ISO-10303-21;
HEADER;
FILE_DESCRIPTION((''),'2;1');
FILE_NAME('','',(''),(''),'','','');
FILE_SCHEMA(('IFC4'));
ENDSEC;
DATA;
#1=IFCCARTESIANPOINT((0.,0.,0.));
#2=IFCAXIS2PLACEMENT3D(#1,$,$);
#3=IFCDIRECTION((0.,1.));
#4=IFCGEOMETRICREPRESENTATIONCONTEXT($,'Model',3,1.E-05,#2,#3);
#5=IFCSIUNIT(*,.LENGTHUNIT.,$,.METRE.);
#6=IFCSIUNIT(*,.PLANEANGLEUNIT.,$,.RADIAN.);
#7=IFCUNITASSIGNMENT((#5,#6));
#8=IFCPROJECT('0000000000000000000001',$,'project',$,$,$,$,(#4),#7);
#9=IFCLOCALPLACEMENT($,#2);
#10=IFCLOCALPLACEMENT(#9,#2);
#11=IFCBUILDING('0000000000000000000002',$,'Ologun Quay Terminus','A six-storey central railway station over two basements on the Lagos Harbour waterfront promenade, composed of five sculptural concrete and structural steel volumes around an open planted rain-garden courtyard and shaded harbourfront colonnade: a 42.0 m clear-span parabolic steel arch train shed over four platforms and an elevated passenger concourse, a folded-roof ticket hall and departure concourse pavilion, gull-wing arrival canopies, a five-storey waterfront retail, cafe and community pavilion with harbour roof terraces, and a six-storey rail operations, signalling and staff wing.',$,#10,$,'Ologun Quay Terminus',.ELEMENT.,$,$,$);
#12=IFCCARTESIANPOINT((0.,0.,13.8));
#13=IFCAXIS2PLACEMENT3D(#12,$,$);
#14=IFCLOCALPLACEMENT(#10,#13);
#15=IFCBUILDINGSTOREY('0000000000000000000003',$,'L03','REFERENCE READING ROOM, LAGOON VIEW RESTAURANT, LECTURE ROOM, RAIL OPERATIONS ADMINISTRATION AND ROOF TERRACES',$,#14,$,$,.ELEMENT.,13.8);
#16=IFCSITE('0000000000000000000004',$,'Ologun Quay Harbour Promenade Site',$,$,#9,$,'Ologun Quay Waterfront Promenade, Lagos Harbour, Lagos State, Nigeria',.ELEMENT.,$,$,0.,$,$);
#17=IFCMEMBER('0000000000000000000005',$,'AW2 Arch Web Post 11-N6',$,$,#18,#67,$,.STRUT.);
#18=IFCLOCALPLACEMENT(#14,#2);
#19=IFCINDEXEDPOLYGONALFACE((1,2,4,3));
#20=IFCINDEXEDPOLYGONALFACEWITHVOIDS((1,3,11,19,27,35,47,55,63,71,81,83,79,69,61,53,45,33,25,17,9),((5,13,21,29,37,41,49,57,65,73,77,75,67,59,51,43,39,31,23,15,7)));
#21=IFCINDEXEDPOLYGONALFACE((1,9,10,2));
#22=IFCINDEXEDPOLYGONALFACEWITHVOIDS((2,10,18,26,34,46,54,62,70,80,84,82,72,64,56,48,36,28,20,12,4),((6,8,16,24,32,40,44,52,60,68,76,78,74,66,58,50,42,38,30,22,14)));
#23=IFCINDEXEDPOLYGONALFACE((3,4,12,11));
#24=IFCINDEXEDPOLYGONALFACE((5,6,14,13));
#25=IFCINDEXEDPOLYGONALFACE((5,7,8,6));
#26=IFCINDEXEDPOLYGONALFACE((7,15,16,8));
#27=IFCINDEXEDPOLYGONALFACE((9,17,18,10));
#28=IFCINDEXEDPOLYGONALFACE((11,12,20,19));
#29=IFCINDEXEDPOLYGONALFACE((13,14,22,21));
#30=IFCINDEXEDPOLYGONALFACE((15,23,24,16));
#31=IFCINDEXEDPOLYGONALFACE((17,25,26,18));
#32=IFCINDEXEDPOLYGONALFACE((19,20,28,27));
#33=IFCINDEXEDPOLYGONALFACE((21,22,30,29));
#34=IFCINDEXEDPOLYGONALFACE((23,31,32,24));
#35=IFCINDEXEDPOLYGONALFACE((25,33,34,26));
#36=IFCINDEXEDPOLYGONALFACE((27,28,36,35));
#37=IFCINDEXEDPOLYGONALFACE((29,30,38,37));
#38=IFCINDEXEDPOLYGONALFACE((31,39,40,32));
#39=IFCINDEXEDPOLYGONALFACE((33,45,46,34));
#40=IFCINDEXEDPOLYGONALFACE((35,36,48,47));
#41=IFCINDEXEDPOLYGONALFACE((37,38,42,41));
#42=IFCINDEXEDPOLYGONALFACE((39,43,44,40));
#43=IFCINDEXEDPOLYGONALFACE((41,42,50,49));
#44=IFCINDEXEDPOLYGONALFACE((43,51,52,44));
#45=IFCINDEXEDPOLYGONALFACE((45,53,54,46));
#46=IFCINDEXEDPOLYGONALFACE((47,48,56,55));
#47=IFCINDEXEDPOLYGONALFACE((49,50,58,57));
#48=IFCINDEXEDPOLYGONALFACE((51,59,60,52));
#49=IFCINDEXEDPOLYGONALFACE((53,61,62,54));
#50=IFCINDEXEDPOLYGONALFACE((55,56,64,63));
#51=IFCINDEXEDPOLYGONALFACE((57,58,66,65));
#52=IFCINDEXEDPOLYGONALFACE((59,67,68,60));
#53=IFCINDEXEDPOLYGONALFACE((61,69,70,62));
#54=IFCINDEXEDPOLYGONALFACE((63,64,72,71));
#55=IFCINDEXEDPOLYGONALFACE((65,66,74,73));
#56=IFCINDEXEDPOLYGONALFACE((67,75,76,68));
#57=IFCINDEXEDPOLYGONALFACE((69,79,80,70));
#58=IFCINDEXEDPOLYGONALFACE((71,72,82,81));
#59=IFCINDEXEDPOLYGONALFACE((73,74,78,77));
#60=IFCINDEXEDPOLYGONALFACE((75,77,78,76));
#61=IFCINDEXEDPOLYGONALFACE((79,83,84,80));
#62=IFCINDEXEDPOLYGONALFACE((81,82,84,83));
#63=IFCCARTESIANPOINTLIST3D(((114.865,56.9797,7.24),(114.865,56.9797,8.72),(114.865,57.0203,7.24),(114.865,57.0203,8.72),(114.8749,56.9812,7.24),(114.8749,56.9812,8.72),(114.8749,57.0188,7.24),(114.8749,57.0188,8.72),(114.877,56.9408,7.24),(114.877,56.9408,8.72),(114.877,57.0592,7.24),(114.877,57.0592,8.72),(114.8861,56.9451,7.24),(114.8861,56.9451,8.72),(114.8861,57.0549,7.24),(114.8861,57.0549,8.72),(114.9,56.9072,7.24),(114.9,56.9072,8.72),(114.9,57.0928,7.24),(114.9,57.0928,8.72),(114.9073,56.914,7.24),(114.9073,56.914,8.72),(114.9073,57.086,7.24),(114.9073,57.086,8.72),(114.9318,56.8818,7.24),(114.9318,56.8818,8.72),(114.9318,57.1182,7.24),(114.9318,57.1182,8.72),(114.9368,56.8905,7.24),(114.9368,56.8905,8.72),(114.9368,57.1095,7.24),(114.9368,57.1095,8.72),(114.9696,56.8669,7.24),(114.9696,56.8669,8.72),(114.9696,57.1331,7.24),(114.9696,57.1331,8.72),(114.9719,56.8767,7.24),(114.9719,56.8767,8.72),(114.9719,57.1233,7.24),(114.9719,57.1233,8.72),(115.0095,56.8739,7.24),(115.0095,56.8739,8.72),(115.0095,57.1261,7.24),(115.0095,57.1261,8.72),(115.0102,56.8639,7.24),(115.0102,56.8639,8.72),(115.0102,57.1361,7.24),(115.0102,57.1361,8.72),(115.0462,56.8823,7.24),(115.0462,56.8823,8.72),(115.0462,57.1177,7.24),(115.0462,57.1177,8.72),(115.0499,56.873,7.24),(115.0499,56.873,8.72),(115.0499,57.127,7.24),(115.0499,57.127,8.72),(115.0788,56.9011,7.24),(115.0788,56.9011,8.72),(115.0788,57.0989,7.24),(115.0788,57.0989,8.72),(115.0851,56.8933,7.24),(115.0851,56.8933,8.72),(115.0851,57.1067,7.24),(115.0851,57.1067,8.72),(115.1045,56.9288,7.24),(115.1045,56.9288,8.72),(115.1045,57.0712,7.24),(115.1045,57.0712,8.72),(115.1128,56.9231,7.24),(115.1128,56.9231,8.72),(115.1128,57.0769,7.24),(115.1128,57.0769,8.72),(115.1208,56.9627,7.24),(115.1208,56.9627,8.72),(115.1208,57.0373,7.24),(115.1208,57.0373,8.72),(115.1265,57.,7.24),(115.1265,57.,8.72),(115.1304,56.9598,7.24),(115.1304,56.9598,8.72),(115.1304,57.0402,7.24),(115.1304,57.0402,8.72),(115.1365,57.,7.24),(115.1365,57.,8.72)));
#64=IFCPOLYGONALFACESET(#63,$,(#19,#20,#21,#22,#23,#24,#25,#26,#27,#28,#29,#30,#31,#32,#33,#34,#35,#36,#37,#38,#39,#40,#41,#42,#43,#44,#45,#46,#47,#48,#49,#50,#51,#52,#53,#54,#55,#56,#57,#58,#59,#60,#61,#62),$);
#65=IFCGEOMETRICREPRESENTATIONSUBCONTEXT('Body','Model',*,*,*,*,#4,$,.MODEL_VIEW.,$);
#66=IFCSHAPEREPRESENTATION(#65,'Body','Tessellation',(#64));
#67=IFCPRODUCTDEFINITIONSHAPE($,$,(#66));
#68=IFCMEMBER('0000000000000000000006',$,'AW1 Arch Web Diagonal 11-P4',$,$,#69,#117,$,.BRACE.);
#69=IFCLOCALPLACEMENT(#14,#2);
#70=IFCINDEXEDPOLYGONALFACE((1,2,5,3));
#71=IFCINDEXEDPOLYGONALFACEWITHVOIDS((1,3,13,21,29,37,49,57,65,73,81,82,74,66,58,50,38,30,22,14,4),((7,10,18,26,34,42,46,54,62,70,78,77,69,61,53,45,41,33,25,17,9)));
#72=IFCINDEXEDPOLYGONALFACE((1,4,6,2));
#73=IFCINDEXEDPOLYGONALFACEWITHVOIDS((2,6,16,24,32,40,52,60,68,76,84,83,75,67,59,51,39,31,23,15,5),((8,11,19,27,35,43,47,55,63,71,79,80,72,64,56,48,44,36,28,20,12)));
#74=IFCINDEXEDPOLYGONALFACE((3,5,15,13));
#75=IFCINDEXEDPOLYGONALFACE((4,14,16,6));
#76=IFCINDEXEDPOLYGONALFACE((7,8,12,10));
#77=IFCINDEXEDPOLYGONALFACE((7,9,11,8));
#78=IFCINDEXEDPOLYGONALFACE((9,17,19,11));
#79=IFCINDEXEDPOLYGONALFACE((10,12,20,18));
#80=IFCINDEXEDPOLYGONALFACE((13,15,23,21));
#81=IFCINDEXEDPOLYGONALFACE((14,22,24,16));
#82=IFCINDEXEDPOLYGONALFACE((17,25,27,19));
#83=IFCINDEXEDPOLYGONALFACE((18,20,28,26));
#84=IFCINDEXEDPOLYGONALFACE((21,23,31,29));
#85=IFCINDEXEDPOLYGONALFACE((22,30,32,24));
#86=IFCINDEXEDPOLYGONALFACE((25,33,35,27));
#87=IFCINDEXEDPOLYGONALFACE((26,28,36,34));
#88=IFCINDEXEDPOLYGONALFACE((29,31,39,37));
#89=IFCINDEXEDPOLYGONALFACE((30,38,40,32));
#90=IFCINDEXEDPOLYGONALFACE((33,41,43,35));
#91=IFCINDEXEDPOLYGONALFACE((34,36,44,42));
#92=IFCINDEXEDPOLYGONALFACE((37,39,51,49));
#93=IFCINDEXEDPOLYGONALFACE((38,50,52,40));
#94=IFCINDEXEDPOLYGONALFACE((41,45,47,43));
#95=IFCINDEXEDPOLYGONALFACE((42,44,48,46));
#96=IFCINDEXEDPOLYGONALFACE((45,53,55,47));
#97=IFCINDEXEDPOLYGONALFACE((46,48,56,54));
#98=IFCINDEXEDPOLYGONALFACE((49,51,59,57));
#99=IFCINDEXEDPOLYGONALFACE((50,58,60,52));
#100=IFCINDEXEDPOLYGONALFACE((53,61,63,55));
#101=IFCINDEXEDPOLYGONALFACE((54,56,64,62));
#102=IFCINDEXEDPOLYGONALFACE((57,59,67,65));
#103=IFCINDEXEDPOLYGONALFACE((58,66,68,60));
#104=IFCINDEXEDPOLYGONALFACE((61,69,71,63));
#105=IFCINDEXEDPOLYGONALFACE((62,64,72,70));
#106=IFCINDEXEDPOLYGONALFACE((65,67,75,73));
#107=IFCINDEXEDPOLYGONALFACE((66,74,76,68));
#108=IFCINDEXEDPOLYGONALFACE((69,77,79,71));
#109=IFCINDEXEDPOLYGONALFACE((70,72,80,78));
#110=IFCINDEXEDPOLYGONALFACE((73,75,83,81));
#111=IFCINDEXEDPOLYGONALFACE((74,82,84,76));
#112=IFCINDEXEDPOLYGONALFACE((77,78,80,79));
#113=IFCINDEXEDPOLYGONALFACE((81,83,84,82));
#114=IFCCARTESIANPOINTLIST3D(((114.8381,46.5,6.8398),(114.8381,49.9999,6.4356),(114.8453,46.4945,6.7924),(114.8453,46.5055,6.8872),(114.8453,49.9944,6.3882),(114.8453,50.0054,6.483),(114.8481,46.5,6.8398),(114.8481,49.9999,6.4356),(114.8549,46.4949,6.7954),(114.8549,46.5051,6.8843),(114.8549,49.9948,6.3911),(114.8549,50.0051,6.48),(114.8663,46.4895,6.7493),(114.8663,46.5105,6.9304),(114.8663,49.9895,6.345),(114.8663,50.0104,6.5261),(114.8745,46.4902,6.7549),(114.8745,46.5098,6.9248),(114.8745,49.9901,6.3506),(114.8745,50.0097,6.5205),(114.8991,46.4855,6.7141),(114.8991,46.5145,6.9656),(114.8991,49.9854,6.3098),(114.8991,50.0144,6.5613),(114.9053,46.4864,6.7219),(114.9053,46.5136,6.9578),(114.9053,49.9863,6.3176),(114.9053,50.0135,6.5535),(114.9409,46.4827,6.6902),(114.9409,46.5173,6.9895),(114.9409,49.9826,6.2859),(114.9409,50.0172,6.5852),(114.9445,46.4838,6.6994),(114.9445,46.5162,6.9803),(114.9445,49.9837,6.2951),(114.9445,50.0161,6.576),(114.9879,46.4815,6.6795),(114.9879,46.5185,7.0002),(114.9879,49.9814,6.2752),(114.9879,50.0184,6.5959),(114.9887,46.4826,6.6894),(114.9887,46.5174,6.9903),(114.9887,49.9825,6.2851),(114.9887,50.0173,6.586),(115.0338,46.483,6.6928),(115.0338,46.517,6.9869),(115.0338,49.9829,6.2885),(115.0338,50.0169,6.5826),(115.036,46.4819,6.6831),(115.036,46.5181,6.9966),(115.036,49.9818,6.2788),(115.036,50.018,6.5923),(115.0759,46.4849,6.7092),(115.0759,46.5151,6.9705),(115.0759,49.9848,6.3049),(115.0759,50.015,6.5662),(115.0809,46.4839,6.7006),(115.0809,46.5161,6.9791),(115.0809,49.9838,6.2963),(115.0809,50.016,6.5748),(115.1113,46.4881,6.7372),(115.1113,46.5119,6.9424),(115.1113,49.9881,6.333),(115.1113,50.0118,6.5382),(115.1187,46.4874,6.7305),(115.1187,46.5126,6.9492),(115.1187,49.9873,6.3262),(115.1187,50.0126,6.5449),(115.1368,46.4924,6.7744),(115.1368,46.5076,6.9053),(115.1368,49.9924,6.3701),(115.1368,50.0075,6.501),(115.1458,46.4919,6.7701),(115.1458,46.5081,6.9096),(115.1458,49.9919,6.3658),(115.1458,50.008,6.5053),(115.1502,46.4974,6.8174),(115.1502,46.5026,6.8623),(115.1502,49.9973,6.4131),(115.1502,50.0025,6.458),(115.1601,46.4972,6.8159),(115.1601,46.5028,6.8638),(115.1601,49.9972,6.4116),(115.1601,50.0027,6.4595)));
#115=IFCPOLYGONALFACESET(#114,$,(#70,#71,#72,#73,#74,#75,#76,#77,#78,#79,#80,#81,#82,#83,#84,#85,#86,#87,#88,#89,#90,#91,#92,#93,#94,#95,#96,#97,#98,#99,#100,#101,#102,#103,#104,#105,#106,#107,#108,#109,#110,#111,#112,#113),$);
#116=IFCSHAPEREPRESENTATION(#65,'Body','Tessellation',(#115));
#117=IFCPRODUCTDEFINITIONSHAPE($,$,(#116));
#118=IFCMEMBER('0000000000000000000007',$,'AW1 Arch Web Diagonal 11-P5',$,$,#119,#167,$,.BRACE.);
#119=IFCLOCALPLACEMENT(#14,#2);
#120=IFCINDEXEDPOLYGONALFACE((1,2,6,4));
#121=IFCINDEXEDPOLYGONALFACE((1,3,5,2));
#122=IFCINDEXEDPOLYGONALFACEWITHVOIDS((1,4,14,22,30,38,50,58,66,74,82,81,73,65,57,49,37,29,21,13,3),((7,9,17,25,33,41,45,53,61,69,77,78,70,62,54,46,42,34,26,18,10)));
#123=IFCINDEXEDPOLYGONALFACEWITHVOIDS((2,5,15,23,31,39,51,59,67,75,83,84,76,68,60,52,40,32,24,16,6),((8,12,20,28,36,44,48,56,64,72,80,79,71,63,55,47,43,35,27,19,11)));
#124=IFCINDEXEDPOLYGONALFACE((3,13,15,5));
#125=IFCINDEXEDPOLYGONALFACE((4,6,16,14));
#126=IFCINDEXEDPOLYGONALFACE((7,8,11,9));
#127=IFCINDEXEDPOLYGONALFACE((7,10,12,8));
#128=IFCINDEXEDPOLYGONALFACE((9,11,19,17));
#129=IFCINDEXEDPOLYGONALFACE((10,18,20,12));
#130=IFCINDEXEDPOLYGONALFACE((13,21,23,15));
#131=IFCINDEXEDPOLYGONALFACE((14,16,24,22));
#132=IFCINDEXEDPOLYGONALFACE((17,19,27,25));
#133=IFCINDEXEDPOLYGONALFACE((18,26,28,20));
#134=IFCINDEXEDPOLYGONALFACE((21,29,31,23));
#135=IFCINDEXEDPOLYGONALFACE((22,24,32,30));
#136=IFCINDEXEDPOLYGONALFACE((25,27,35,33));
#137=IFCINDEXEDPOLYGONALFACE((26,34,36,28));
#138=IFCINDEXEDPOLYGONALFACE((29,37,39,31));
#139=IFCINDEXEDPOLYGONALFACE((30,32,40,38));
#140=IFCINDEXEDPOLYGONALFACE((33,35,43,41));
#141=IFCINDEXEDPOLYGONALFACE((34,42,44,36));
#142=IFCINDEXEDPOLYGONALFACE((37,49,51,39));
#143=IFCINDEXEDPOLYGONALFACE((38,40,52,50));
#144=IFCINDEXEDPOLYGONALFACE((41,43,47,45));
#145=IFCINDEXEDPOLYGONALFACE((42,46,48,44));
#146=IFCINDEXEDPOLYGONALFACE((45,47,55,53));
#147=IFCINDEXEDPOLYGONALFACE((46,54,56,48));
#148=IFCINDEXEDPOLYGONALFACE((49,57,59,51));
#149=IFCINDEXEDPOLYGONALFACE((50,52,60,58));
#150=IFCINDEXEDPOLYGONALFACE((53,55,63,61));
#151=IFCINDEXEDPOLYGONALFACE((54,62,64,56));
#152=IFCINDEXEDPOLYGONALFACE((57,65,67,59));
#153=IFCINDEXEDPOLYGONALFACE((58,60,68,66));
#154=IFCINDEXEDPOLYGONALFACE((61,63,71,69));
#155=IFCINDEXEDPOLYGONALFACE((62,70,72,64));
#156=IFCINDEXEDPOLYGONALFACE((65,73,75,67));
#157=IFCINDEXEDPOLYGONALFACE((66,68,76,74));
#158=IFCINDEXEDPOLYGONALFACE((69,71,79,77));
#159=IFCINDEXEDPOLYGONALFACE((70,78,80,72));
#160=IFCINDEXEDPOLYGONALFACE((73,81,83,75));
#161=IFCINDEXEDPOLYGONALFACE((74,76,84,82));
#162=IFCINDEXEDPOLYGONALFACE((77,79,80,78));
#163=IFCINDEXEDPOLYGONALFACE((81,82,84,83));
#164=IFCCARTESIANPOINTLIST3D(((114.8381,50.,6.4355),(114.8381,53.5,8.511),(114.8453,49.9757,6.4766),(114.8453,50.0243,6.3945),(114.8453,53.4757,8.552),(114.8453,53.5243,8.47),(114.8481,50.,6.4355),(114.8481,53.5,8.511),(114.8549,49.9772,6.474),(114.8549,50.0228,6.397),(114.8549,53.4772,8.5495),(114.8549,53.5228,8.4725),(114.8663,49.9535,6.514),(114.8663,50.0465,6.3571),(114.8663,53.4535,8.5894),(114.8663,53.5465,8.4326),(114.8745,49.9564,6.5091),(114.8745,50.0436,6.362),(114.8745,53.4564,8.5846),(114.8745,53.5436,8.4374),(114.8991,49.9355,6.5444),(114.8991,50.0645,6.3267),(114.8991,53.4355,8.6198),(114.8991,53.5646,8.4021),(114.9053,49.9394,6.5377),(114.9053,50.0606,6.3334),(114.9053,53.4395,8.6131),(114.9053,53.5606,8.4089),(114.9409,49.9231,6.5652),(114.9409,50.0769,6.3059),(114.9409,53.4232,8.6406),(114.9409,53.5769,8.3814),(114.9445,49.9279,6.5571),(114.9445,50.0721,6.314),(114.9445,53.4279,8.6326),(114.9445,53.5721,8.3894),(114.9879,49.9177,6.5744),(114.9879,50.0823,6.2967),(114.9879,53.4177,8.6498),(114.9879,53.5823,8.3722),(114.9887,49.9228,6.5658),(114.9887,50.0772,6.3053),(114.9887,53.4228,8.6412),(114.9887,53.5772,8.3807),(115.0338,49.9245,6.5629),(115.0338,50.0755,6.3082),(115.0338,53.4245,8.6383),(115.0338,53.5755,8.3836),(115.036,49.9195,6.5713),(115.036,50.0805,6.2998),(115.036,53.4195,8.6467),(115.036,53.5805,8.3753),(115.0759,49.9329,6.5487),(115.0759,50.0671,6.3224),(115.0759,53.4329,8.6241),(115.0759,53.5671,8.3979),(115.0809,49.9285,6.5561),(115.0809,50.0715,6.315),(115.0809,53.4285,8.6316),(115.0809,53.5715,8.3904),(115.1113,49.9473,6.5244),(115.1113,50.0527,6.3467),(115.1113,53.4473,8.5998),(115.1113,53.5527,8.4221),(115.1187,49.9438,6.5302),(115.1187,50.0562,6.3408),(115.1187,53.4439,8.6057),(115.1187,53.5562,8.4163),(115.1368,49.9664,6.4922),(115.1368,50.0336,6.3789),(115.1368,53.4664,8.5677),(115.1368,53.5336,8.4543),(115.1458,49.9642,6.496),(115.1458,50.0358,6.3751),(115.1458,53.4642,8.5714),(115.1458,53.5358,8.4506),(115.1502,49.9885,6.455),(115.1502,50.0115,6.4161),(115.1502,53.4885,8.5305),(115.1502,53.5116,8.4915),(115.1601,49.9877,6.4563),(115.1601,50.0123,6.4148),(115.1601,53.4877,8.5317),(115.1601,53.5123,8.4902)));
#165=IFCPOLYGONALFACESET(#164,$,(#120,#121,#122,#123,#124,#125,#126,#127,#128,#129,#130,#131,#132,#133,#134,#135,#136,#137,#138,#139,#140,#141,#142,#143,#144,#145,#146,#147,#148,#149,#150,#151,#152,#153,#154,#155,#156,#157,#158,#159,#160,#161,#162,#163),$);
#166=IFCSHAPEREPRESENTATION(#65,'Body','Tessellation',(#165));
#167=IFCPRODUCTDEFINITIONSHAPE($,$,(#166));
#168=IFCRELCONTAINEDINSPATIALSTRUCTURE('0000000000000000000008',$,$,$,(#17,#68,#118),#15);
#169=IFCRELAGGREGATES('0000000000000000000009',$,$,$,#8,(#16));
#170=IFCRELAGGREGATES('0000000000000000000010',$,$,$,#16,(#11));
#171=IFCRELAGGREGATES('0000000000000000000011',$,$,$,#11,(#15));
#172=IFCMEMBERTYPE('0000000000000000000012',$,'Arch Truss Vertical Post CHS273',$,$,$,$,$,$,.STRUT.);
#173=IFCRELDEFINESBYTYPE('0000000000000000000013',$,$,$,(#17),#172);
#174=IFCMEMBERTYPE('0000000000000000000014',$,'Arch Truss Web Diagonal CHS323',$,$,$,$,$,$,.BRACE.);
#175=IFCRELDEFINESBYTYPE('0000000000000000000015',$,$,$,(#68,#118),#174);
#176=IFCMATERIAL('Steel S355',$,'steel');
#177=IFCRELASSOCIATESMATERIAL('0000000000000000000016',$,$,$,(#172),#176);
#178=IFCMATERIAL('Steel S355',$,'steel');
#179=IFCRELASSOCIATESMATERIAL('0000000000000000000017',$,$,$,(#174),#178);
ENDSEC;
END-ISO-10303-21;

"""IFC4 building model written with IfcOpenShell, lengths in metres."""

from ifc_helpers import new_model, si_unit, direction, frame, origin, origin_2d, place, context, subcontext, project, spatial, hollow_circle, extrude, material, material_profile, profile_set, type_object, element, save


model = new_model("IFC4")

# Units and contexts
model_context = context("Model", 3, precision=1e-05, world=origin(), true_north=direction((0.0, 1.0)))
body_context = subcontext(model_context, "Body", "Model", "MODEL_VIEW")
ifc_project = project(units=[si_unit("LENGTHUNIT", "METRE"), si_unit("PLANEANGLEUNIT", "RADIAN")], contexts=[model_context])

# Site, building, storey
site_placement = place(None, origin())
site = spatial("IfcSite", under=ifc_project, at=site_placement, Name="Ologun Quay Harbour Promenade Site", LongName="Ologun Quay Waterfront Promenade, Lagos Harbour, Lagos State, Nigeria", CompositionType="ELEMENT", RefElevation=0.0)
building_placement = place(site_placement, origin())
building = spatial("IfcBuilding", under=site, at=building_placement, Name="Ologun Quay Terminus", Description="A six-storey central railway station over two basements on the Lagos Harbour waterfront promenade, composed of five sculptural concrete and structural steel volumes around an open planted rain-garden courtyard and shaded harbourfront colonnade: a 42.0 m clear-span parabolic steel arch train shed over four platforms and an elevated passenger concourse, a folded-roof ticket hall and departure concourse pavilion, gull-wing arrival canopies, a five-storey waterfront retail, cafe and community pavilion with harbour roof terraces, and a six-storey rail operations, signalling and staff wing.", LongName="Ologun Quay Terminus", CompositionType="ELEMENT")
storey_placement = place(building_placement, frame((0.0, 0.0, 13.8)))
storey = spatial("IfcBuildingStorey", under=building, at=storey_placement, Name="L03", Description="REFERENCE READING ROOM, LAGOON VIEW RESTAURANT, LECTURE ROOM, RAIL OPERATIONS ADMINISTRATION AND ROOF TERRACES", CompositionType="ELEMENT", Elevation=13.8)

# Members
ifc_material_1 = material(Name="Steel S355", Category="steel")
ifc_material_profile_1 = material_profile(ifc_material_1, hollow_circle(Radius=0.1365, WallThickness=0.01, at=origin_2d()), Name="CHS 273x10")
ifc_profile_set_1 = profile_set([ifc_material_profile_1], Name="Steel S355")
member_type_1 = type_object("IfcMemberType", Name="Arch Truss Vertical Post CHS273", PredefinedType="STRUT", material=ifc_profile_set_1)
member_1_placement = place(storey_placement, frame((115.0, 57.0, 7.24), z_axis=(0.0, 0.0, 1.0), x_axis=(1.0, 0.0, 0.0)))
element("IfcMember", 1, at=member_1_placement, inside=storey, type_object=member_type_1, Name="AW2 Arch Web Post 11-N6", PredefinedType="STRUT", context=body_context, shape_type="SweptSolid", body=[
    extrude(hollow_circle(Radius=0.1365, WallThickness=0.01, at=origin_2d()), origin(), (0.0, 0.0, 1.0), 1.48),
])
ifc_material_2 = material(Name="Steel S355", Category="steel")
ifc_material_profile_2 = material_profile(ifc_material_2, hollow_circle(Radius=0.1619, WallThickness=0.01, at=origin_2d()), Name="CHS 323.9x10")
ifc_profile_set_2 = profile_set([ifc_material_profile_2], Name="Steel S355")
member_type_2 = type_object("IfcMemberType", Name="Arch Truss Web Diagonal CHS323", PredefinedType="BRACE", material=ifc_profile_set_2)
member_2_placement = place(storey_placement, frame((115.0, 46.5, 6.8398), z_axis=(0.0, 0.993394, -0.11475), x_axis=(-1.0, 0.0, 0.0)))
element("IfcMember", 2, at=member_2_placement, inside=storey, type_object=member_type_2, Name="AW1 Arch Web Diagonal 11-P4", PredefinedType="BRACE", context=body_context, shape_type="SweptSolid", body=[
    extrude(hollow_circle(Radius=0.1619, WallThickness=0.01, at=origin_2d()), origin(), (0.0, 0.0, 1.0), 3.5232),
])
member_3_placement = place(storey_placement, frame((115.0, 50.0, 6.4355), z_axis=(0.0, 0.860144, 0.510051), x_axis=(-1.0, 0.0, 0.0)))
element("IfcMember", 3, at=member_3_placement, inside=storey, type_object=member_type_2, Name="AW1 Arch Web Diagonal 11-P5", PredefinedType="BRACE", context=body_context, shape_type="SweptSolid", body=[
    extrude(hollow_circle(Radius=0.1619, WallThickness=0.01, at=origin_2d()), origin(), (0.0, 0.0, 1.0), 4.0691),
])

save(model, "model.ifc")
